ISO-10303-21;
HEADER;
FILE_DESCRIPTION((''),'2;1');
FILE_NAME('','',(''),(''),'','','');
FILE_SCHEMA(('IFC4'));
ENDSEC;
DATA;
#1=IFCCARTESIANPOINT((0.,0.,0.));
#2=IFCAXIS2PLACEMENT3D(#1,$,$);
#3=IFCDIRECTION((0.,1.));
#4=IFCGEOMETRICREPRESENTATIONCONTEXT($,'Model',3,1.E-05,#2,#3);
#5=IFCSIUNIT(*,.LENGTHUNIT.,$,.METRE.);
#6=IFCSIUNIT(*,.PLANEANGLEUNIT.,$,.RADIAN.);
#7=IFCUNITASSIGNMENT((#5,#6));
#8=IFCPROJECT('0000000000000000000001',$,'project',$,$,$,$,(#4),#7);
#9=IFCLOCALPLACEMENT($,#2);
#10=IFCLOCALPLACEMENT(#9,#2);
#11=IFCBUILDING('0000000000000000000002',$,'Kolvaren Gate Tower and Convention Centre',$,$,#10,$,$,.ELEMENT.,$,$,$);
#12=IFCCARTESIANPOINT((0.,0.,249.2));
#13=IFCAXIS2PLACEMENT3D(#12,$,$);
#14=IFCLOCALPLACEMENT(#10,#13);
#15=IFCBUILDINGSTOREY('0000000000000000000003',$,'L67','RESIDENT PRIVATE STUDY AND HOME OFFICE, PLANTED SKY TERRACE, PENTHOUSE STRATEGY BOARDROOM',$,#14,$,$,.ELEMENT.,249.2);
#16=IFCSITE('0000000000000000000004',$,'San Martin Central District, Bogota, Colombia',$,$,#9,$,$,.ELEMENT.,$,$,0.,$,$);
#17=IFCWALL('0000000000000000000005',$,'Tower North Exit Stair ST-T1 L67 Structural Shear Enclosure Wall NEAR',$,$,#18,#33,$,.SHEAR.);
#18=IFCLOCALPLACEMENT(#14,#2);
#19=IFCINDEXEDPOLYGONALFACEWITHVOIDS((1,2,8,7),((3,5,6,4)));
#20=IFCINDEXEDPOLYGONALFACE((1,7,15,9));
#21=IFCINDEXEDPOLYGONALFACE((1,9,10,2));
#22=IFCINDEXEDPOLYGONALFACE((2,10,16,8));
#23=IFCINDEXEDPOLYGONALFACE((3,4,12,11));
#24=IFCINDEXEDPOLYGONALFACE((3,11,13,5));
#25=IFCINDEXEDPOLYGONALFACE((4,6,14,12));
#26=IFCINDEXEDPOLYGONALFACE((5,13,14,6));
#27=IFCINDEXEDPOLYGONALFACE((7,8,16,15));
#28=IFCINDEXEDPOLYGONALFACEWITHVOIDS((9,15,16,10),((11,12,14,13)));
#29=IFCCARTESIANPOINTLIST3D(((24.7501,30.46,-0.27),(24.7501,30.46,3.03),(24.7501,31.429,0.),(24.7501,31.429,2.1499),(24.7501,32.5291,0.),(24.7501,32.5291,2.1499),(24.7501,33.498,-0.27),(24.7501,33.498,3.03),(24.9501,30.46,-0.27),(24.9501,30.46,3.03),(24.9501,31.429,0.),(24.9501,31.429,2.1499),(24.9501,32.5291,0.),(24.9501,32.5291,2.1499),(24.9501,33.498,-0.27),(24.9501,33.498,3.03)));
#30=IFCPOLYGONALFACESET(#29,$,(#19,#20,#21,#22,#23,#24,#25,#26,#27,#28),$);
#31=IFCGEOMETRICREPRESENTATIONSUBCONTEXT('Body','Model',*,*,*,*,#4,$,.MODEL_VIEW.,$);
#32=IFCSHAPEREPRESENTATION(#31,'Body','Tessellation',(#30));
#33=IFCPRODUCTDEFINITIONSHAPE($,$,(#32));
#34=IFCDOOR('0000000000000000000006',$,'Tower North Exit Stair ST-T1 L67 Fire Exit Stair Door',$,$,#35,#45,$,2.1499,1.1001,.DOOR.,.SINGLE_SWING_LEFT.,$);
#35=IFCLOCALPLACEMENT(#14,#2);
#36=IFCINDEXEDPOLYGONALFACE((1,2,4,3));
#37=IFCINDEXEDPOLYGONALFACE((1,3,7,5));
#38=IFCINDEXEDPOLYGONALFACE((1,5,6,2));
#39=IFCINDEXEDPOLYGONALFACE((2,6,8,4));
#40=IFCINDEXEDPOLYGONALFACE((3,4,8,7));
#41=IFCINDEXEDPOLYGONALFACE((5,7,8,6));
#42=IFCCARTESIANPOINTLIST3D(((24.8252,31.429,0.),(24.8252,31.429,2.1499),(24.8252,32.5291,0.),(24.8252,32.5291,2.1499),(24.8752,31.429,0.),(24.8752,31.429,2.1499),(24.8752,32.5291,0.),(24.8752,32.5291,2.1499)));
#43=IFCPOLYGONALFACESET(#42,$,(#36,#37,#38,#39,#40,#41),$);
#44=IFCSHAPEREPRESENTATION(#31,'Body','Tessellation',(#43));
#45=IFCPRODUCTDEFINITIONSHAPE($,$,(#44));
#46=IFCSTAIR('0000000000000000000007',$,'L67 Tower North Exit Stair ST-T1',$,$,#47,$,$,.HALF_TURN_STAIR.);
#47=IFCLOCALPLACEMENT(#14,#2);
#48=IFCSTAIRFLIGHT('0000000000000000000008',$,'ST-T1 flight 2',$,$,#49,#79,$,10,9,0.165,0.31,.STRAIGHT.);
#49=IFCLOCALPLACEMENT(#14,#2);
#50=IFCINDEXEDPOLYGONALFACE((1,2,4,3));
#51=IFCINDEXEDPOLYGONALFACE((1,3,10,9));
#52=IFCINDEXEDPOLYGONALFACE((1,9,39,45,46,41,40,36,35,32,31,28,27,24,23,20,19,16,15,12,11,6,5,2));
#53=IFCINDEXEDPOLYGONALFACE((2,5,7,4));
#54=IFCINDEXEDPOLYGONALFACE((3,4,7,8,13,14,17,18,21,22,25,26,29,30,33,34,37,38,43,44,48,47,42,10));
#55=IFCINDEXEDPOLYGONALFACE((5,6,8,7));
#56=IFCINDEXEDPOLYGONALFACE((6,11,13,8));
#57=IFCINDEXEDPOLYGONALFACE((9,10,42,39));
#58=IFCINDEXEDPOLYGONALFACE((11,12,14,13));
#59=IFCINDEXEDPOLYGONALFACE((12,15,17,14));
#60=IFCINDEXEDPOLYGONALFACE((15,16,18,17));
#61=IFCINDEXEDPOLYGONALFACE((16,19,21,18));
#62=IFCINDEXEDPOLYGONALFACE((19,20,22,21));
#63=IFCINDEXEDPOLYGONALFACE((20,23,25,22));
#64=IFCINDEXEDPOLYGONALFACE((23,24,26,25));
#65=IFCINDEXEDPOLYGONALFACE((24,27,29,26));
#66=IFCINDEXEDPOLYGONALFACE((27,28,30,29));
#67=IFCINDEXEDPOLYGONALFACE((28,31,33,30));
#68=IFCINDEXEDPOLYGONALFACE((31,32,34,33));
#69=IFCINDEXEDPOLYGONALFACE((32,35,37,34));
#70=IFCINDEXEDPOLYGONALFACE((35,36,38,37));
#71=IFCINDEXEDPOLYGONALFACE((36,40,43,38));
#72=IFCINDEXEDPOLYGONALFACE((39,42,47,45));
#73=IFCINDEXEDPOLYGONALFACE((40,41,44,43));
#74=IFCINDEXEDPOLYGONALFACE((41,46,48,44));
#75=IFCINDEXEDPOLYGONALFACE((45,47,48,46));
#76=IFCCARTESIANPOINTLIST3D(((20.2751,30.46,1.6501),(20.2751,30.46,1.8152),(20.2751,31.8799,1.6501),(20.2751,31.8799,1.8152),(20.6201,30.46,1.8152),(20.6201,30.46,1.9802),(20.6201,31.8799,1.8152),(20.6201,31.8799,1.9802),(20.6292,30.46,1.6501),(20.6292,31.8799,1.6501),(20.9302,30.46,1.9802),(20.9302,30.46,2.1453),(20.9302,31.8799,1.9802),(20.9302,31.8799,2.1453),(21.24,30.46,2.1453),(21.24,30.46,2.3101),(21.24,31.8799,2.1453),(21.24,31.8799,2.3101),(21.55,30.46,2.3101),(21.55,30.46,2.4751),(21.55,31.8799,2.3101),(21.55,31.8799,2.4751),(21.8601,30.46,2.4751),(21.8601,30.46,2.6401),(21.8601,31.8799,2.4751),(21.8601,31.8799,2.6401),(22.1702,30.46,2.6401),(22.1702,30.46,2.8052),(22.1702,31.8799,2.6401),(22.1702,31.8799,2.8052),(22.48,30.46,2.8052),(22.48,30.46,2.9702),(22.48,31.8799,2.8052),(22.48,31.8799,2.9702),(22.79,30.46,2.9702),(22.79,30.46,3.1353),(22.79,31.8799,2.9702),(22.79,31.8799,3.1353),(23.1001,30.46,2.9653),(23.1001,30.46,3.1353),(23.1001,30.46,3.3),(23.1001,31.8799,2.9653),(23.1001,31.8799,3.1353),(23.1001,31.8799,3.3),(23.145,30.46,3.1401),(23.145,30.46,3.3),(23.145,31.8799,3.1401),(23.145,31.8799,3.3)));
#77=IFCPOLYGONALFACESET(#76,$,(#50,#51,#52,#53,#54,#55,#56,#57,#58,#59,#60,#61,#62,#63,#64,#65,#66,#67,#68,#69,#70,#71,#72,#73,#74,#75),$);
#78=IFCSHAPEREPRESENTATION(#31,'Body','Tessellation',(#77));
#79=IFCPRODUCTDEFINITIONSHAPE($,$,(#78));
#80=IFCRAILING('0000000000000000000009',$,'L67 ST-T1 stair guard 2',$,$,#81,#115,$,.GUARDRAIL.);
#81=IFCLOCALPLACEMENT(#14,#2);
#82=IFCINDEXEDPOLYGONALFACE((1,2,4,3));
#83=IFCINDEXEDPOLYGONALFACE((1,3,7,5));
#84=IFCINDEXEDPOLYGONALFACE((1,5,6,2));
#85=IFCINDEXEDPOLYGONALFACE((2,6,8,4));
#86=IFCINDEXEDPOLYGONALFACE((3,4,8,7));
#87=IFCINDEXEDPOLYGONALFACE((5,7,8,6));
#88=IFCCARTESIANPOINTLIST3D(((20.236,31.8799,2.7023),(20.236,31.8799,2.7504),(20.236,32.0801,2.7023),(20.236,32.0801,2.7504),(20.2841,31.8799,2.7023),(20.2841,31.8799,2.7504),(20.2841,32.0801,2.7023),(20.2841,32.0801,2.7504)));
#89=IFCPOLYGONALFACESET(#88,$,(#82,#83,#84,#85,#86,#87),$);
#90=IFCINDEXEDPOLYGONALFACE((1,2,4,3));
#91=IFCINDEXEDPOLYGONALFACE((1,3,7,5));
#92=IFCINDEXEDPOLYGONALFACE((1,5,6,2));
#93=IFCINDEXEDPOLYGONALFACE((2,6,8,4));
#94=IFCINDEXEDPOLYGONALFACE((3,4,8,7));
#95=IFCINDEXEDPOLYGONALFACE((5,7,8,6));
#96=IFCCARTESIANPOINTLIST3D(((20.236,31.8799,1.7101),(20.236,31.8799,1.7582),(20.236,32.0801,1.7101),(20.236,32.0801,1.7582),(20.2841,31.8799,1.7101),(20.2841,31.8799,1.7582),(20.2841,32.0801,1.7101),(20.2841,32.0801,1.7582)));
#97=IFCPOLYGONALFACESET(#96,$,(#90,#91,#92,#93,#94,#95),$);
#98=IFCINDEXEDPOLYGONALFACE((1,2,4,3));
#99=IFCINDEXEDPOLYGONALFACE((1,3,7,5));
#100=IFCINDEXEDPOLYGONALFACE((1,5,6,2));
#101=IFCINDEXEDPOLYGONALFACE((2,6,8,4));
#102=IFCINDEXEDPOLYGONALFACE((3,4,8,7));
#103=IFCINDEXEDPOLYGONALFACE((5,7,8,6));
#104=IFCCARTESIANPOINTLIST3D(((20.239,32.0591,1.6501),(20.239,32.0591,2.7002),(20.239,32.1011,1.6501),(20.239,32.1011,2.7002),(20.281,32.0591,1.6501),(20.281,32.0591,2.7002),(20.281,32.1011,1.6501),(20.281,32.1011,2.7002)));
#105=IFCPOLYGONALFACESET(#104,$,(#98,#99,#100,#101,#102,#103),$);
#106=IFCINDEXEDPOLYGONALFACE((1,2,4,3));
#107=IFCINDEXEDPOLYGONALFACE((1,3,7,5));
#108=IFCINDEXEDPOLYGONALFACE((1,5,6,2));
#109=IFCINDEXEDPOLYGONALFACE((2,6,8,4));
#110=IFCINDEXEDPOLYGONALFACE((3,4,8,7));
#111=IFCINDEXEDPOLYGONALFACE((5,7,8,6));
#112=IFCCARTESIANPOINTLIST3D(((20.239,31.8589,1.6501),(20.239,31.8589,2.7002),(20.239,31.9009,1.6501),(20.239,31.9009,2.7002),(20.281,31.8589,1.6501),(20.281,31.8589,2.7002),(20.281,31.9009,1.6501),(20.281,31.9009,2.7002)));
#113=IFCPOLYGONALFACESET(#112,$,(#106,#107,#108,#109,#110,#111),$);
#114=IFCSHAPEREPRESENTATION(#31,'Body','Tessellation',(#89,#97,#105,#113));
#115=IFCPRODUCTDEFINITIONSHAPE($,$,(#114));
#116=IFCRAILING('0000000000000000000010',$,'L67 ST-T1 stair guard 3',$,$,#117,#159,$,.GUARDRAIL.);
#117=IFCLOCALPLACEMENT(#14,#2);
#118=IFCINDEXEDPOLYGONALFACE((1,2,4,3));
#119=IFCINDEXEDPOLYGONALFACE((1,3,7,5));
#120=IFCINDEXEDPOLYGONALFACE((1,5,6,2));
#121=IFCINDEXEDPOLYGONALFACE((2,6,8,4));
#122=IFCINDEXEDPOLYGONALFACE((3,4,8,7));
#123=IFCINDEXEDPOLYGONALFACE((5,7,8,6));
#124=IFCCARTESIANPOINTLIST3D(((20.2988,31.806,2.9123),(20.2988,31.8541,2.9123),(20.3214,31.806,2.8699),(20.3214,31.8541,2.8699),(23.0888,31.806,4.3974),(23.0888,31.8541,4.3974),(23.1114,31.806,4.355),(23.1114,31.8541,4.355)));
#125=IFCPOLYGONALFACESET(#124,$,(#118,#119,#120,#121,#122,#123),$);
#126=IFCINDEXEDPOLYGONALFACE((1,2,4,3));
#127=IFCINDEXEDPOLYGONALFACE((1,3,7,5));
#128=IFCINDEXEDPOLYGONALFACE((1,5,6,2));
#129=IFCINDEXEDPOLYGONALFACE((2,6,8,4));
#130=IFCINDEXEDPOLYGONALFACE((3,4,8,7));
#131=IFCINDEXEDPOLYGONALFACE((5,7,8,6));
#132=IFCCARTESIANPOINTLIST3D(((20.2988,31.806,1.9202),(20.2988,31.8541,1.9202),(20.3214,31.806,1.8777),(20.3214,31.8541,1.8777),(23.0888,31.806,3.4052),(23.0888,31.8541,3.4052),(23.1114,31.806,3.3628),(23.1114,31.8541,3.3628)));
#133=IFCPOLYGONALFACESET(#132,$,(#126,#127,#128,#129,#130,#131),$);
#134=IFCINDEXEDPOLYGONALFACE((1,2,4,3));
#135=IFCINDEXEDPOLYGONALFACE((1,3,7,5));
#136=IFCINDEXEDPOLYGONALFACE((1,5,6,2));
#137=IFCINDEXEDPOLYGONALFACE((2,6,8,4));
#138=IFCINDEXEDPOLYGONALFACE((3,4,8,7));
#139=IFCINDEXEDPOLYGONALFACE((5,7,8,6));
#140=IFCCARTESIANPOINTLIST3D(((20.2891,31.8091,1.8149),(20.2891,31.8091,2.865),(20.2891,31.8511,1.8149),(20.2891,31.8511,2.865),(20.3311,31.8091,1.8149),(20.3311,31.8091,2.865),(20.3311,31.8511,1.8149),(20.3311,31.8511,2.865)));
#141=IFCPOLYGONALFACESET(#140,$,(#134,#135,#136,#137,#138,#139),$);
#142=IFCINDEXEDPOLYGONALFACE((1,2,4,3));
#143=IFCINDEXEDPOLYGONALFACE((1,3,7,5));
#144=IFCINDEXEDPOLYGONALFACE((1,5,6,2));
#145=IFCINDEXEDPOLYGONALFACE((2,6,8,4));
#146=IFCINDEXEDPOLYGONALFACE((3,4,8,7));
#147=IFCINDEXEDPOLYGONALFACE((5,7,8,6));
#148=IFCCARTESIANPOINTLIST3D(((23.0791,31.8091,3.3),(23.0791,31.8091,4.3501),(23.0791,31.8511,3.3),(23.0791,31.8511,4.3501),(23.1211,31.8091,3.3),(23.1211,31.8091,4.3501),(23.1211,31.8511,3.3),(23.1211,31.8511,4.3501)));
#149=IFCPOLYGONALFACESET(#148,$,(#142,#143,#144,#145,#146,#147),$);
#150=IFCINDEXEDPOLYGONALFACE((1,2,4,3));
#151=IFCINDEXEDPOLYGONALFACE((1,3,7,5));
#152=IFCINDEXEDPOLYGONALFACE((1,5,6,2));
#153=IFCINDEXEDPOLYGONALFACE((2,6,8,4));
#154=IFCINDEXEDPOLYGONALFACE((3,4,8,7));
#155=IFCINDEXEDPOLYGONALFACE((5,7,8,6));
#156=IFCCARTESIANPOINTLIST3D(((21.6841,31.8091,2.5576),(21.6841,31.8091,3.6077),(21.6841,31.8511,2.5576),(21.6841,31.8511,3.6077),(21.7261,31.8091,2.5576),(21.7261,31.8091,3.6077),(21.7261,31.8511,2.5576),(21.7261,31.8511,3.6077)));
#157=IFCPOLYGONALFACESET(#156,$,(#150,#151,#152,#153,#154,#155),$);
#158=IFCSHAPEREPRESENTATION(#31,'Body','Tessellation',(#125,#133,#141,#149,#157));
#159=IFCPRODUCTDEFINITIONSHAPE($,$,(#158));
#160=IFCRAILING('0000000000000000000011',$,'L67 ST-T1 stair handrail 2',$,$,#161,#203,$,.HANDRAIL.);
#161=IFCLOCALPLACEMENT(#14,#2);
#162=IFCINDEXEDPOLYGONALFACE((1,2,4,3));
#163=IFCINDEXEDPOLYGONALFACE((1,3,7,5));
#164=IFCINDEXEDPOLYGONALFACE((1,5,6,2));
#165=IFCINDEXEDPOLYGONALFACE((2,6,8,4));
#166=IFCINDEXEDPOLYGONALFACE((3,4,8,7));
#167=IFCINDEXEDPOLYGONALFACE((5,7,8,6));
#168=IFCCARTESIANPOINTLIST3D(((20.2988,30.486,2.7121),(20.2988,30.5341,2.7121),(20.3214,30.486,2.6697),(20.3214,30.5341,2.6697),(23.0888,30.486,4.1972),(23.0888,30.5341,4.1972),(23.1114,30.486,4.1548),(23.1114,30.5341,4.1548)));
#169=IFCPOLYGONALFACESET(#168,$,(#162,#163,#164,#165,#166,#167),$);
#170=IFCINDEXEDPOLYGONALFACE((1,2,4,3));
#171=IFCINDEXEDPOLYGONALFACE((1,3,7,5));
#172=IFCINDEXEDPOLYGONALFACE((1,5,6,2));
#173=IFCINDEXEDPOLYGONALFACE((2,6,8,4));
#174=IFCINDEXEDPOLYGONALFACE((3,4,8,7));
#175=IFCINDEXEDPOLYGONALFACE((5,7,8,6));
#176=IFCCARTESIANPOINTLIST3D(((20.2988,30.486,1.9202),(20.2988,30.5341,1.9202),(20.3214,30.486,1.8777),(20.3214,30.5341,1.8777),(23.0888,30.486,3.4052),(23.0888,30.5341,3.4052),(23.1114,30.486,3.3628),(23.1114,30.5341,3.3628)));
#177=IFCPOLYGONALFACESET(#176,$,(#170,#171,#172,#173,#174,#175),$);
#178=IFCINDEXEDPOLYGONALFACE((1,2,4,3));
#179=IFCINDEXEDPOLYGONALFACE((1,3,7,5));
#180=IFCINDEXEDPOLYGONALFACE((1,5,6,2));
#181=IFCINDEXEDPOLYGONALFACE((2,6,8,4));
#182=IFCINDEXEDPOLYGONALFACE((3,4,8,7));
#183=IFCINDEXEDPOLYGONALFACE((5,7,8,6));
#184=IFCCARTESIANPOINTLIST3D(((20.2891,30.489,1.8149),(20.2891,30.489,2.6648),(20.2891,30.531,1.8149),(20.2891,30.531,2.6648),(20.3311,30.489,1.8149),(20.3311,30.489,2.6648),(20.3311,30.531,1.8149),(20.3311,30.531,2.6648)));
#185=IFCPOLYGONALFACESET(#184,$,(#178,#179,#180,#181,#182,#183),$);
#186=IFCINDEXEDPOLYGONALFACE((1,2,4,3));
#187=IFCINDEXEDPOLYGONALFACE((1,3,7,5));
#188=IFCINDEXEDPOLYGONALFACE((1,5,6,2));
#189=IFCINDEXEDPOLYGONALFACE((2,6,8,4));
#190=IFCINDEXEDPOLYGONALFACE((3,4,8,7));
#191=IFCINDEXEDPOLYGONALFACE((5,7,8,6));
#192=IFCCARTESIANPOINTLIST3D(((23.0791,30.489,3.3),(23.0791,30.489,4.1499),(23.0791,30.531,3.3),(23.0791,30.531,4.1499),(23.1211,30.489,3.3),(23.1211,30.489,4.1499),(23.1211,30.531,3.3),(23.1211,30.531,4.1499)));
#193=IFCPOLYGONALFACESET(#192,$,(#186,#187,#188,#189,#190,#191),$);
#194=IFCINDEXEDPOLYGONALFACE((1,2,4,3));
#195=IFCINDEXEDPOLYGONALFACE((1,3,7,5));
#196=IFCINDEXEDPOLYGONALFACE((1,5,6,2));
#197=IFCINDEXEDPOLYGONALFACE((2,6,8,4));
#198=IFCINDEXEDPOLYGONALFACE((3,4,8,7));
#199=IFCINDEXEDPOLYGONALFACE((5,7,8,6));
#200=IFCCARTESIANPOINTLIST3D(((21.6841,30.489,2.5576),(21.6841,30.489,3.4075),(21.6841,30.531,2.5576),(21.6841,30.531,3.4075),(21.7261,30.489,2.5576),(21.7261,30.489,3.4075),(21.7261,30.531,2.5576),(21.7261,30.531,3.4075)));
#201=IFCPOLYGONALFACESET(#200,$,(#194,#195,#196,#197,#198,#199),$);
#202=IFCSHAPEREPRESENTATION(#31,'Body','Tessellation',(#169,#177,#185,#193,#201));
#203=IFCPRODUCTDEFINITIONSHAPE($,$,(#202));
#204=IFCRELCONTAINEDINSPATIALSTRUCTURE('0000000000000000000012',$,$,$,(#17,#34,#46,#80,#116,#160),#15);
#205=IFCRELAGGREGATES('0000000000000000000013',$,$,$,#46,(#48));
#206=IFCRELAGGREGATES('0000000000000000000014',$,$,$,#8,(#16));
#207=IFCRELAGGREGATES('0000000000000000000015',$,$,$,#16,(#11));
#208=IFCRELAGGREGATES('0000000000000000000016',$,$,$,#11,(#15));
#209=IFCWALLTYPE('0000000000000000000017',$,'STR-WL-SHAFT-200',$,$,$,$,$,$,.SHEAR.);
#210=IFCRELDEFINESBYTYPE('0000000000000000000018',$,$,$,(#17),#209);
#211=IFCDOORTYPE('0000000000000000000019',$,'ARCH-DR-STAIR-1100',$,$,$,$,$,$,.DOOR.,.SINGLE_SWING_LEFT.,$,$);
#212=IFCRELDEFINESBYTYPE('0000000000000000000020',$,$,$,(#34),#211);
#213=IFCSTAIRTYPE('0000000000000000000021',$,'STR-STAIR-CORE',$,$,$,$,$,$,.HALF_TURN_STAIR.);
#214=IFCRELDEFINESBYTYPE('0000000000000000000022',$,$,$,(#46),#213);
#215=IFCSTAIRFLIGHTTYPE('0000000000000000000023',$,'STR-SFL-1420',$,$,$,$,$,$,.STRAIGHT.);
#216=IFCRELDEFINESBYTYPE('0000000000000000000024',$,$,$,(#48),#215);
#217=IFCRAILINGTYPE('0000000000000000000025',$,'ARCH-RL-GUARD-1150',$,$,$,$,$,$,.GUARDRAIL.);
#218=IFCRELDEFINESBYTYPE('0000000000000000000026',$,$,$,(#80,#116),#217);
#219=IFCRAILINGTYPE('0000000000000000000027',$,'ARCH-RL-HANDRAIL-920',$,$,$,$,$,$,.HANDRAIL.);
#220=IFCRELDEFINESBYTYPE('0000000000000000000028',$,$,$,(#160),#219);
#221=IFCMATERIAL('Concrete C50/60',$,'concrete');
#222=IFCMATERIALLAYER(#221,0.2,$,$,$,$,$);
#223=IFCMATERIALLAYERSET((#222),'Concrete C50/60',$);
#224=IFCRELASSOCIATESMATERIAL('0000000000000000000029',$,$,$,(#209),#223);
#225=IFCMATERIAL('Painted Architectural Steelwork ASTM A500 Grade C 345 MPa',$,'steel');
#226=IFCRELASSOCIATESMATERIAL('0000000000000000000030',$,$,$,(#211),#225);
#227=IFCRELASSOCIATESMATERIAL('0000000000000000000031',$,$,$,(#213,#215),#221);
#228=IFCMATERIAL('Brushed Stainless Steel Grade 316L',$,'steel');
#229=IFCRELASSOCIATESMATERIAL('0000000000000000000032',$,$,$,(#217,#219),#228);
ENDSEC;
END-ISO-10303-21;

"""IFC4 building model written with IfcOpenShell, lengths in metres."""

from ifc_helpers import new_model, si_unit, direction, frame, frame_2d, origin, origin_2d, place, context, subcontext, project, spatial, polyline, rectangle, outline, extrude, material, layer, layer_set, type_object, element, fill, aggregate, save


model = new_model("IFC4")

# Units and contexts
model_context = context("Model", 3, precision=1e-05, world=origin(), true_north=direction((0.0, 1.0)))
body_context = subcontext(model_context, "Body", "Model", "MODEL_VIEW")
ifc_project = project(units=[si_unit("LENGTHUNIT", "METRE"), si_unit("PLANEANGLEUNIT", "RADIAN")], contexts=[model_context])

# Site, building, storey
site_placement = place(None, origin())
site = spatial("IfcSite", under=ifc_project, at=site_placement, Name="San Martin Central District, Bogota, Colombia", CompositionType="ELEMENT", RefElevation=0.0)
building_placement = place(site_placement, origin())
building = spatial("IfcBuilding", under=site, at=building_placement, Name="Kolvaren Gate Tower and Convention Centre", CompositionType="ELEMENT")
storey_placement = place(building_placement, frame((0.0, 0.0, 249.2)))
storey = spatial("IfcBuildingStorey", under=building, at=storey_placement, Name="L67", Description="RESIDENT PRIVATE STUDY AND HOME OFFICE, PLANTED SKY TERRACE, PENTHOUSE STRATEGY BOARDROOM", CompositionType="ELEMENT", Elevation=249.2)

# Shared definitions
ifc_material_1 = material(Name="Brushed Stainless Steel Grade 316L", Category="steel")

# Shared definitions
ifc_material_2 = material(Name="Concrete C50/60", Category="concrete")

# Wall, opening, door
ifc_layer_1 = layer(ifc_material_2, 0.2)
ifc_layer_set_1 = layer_set([ifc_layer_1], Name="Concrete C50/60")
wall_type_1 = type_object("IfcWallType", Name="STR-WL-SHAFT-200", PredefinedType="SHEAR", material=ifc_layer_set_1)
wall_1_placement = place(storey_placement, frame((24.8501, 30.46, -0.27), z_axis=(0.0, 0.0, 1.0), x_axis=(0.0, 1.0, 0.0)))
wall_1 = element("IfcWall", 1, at=wall_1_placement, inside=storey, type_object=wall_type_1, Name="Tower North Exit Stair ST-T1 L67 Structural Shear Enclosure Wall NEAR", PredefinedType="SHEAR", context=body_context, shape_type="SweptSolid", body=[
    extrude(rectangle(XDim=3.0381, YDim=0.2, at=frame_2d((1.519, 0.0))), origin(), (0.0, 0.0, 1.0), 3.3),
])
opening_1_placement = place(wall_1_placement, frame((0.969, 0.0, 0.27)))
opening_1 = element("IfcOpeningElement", 2, at=opening_1_placement, cuts=wall_1, PredefinedType="OPENING", context=body_context, shape_type="SweptSolid", body=[
    extrude(rectangle(XDim=1.1001, YDim=2.1499, at=frame_2d((0.55, 1.075))), frame((0.0, 0.1099, 0.0), z_axis=(0.0, -1.0, 0.0), x_axis=(1.0, 0.0, 0.0)), (0.0, 0.0, 1.0), 0.22),
])
ifc_material_3 = material(Name="Painted Architectural Steelwork ASTM A500 Grade C 345 MPa", Category="steel")
door_type_1 = type_object("IfcDoorType", Name="ARCH-DR-STAIR-1100", OperationType="SINGLE_SWING_LEFT", PredefinedType="DOOR", material=ifc_material_3)
door_1_placement = place(opening_1_placement, origin())
door_1 = element("IfcDoor", 3, at=door_1_placement, inside=storey, type_object=door_type_1, Name="Tower North Exit Stair ST-T1 L67 Fire Exit Stair Door", OperationType="SINGLE_SWING_LEFT", OverallHeight=2.1499, OverallWidth=1.1001, PredefinedType="DOOR", context=body_context, shape_type="SweptSolid", body=[
    extrude(rectangle(XDim=1.1001, YDim=2.1499, at=frame_2d((0.55, 1.075))), frame((0.0, 0.0249, 0.0), z_axis=(0.0, -1.0, 0.0), x_axis=(1.0, 0.0, 0.0)), (0.0, 0.0, 1.0), 0.05),
])
fill(opening_1, door_1)

# Stair, stair flight
stair_type = type_object("IfcStairType", Name="STR-STAIR-CORE", PredefinedType="HALF_TURN_STAIR", material=ifc_material_2)
stair_placement = place(storey_placement, origin())
stair = element("IfcStair", 4, at=stair_placement, inside=storey, type_object=stair_type, Name="L67 Tower North Exit Stair ST-T1", PredefinedType="HALF_TURN_STAIR")
stair_flight_type = type_object("IfcStairFlightType", Name="STR-SFL-1420", PredefinedType="STRAIGHT", material=ifc_material_2)
stair_flight_placement = place(storey_placement, frame((20.3101, 31.1699, 1.6501), z_axis=(0.0, 0.0, 1.0), x_axis=(1.0, 0.0, 0.0)))
stair_flight = element("IfcStairFlight", 5, at=stair_flight_placement, type_object=stair_flight_type, Name="ST-T1 flight 2", NumberOfRisers=10, NumberOfTreads=9, PredefinedType="STRAIGHT", RiserHeight=0.165, TreadLength=0.31, context=body_context, shape_type="SweptSolid", body=[
    extrude(outline(polyline([(-0.0349, 0.0), (-0.0349, 0.165), (0.3101, 0.165), (0.3101, 0.3301), (0.6201, 0.3301), (0.6201, 0.4951), (0.9299, 0.4951), (0.9299, 0.6599), (1.24, 0.6599), (1.24, 0.825), (1.55, 0.825), (1.55, 0.99), (1.8601, 0.99), (1.8601, 1.155), (2.1699, 1.155), (2.1699, 1.3201), (2.48, 1.3201), (2.48, 1.4851), (2.79, 1.4851), (2.79, 1.6499), (2.835, 1.6499), (2.835, 1.49), (2.79, 1.3152), (0.3191, 0.0), (-0.0349, 0.0)])), frame((0.0, 0.71, 0.0), z_axis=(0.0, -1.0, 0.0), x_axis=(1.0, 0.0, 0.0)), (0.0, 0.0, 1.0), 1.4199),
])
aggregate(stair, [stair_flight])

# Railings
railing_type_1 = type_object("IfcRailingType", Name="ARCH-RL-GUARD-1150", PredefinedType="GUARDRAIL", material=ifc_material_1)
railing_1_placement = place(storey_placement, frame((20.26, 32.0801, 1.6501)))
element("IfcRailing", 6, at=railing_1_placement, inside=storey, type_object=railing_type_1, Name="L67 ST-T1 stair guard 2", PredefinedType="GUARDRAIL", context=body_context, shape_type="SweptSolid", body=[
    extrude(rectangle(XDim=0.0481, YDim=0.0481, at=origin_2d()), frame((0.0, 0.0, 1.0762), z_axis=(0.0, -1.0, 0.0), x_axis=(1.0, 0.0, 0.0)), (0.0, 0.0, 1.0), 0.2002),
    extrude(rectangle(XDim=0.0481, YDim=0.0481, at=origin_2d()), frame((0.0, 0.0, 0.084), z_axis=(0.0, -1.0, 0.0), x_axis=(1.0, 0.0, 0.0)), (0.0, 0.0, 1.0), 0.2002),
    extrude(rectangle(XDim=0.042, YDim=0.042, at=origin_2d()), origin(), (0.0, 0.0, 1.0), 1.05),
    extrude(rectangle(XDim=0.042, YDim=0.042, at=origin_2d()), frame((0.0, -0.2002, 0.0)), (0.0, 0.0, 1.0), 1.05),
])
railing_2_placement = place(storey_placement, frame((20.3101, 31.8301, 1.8149)))
element("IfcRailing", 7, at=railing_2_placement, inside=storey, type_object=railing_type_1, Name="L67 ST-T1 stair guard 3", PredefinedType="GUARDRAIL", context=body_context, shape_type="SweptSolid", body=[
    extrude(rectangle(XDim=0.0481, YDim=0.0481, at=origin_2d()), frame((0.0, 0.0, 1.0762), z_axis=(0.882735, 0.0, 0.46987), x_axis=(0.0, 1.0, 0.0)), (0.0, 0.0, 1.0), 3.1606),
    extrude(rectangle(XDim=0.0481, YDim=0.0481, at=origin_2d()), frame((0.0, 0.0, 0.084), z_axis=(0.882735, 0.0, 0.46987), x_axis=(0.0, 1.0, 0.0)), (0.0, 0.0, 1.0), 3.1606),
    extrude(rectangle(XDim=0.042, YDim=0.042, at=origin_2d()), origin(), (0.0, 0.0, 1.0), 1.05),
    extrude(rectangle(XDim=0.042, YDim=0.042, at=origin_2d()), frame((2.79, 0.0, 1.4851)), (0.0, 0.0, 1.0), 1.05),
    extrude(rectangle(XDim=0.042, YDim=0.042, at=origin_2d()), frame((1.395, 0.0, 0.7427)), (0.0, 0.0, 1.0), 1.05),
])
railing_type_2 = type_object("IfcRailingType", Name="ARCH-RL-HANDRAIL-920", PredefinedType="HANDRAIL", material=ifc_material_1)
railing_3_placement = place(storey_placement, frame((20.3101, 30.51, 1.8149)))
element("IfcRailing", 8, at=railing_3_placement, inside=storey, type_object=railing_type_2, Name="L67 ST-T1 stair handrail 2", PredefinedType="HANDRAIL", context=body_context, shape_type="SweptSolid", body=[
    extrude(rectangle(XDim=0.0481, YDim=0.0481, at=origin_2d()), frame((0.0, 0.0, 0.876), z_axis=(0.882735, 0.0, 0.46987), x_axis=(0.0, 1.0, 0.0)), (0.0, 0.0, 1.0), 3.1606),
    extrude(rectangle(XDim=0.0481, YDim=0.0481, at=origin_2d()), frame((0.0, 0.0, 0.084), z_axis=(0.882735, 0.0, 0.46987), x_axis=(0.0, 1.0, 0.0)), (0.0, 0.0, 1.0), 3.1606),
    extrude(rectangle(XDim=0.042, YDim=0.042, at=origin_2d()), origin(), (0.0, 0.0, 1.0), 0.8499),
    extrude(rectangle(XDim=0.042, YDim=0.042, at=origin_2d()), frame((2.79, 0.0, 1.4851)), (0.0, 0.0, 1.0), 0.8499),
    extrude(rectangle(XDim=0.042, YDim=0.042, at=origin_2d()), frame((1.395, 0.0, 0.7427)), (0.0, 0.0, 1.0), 0.8499),
])

save(model, "model.ifc")
